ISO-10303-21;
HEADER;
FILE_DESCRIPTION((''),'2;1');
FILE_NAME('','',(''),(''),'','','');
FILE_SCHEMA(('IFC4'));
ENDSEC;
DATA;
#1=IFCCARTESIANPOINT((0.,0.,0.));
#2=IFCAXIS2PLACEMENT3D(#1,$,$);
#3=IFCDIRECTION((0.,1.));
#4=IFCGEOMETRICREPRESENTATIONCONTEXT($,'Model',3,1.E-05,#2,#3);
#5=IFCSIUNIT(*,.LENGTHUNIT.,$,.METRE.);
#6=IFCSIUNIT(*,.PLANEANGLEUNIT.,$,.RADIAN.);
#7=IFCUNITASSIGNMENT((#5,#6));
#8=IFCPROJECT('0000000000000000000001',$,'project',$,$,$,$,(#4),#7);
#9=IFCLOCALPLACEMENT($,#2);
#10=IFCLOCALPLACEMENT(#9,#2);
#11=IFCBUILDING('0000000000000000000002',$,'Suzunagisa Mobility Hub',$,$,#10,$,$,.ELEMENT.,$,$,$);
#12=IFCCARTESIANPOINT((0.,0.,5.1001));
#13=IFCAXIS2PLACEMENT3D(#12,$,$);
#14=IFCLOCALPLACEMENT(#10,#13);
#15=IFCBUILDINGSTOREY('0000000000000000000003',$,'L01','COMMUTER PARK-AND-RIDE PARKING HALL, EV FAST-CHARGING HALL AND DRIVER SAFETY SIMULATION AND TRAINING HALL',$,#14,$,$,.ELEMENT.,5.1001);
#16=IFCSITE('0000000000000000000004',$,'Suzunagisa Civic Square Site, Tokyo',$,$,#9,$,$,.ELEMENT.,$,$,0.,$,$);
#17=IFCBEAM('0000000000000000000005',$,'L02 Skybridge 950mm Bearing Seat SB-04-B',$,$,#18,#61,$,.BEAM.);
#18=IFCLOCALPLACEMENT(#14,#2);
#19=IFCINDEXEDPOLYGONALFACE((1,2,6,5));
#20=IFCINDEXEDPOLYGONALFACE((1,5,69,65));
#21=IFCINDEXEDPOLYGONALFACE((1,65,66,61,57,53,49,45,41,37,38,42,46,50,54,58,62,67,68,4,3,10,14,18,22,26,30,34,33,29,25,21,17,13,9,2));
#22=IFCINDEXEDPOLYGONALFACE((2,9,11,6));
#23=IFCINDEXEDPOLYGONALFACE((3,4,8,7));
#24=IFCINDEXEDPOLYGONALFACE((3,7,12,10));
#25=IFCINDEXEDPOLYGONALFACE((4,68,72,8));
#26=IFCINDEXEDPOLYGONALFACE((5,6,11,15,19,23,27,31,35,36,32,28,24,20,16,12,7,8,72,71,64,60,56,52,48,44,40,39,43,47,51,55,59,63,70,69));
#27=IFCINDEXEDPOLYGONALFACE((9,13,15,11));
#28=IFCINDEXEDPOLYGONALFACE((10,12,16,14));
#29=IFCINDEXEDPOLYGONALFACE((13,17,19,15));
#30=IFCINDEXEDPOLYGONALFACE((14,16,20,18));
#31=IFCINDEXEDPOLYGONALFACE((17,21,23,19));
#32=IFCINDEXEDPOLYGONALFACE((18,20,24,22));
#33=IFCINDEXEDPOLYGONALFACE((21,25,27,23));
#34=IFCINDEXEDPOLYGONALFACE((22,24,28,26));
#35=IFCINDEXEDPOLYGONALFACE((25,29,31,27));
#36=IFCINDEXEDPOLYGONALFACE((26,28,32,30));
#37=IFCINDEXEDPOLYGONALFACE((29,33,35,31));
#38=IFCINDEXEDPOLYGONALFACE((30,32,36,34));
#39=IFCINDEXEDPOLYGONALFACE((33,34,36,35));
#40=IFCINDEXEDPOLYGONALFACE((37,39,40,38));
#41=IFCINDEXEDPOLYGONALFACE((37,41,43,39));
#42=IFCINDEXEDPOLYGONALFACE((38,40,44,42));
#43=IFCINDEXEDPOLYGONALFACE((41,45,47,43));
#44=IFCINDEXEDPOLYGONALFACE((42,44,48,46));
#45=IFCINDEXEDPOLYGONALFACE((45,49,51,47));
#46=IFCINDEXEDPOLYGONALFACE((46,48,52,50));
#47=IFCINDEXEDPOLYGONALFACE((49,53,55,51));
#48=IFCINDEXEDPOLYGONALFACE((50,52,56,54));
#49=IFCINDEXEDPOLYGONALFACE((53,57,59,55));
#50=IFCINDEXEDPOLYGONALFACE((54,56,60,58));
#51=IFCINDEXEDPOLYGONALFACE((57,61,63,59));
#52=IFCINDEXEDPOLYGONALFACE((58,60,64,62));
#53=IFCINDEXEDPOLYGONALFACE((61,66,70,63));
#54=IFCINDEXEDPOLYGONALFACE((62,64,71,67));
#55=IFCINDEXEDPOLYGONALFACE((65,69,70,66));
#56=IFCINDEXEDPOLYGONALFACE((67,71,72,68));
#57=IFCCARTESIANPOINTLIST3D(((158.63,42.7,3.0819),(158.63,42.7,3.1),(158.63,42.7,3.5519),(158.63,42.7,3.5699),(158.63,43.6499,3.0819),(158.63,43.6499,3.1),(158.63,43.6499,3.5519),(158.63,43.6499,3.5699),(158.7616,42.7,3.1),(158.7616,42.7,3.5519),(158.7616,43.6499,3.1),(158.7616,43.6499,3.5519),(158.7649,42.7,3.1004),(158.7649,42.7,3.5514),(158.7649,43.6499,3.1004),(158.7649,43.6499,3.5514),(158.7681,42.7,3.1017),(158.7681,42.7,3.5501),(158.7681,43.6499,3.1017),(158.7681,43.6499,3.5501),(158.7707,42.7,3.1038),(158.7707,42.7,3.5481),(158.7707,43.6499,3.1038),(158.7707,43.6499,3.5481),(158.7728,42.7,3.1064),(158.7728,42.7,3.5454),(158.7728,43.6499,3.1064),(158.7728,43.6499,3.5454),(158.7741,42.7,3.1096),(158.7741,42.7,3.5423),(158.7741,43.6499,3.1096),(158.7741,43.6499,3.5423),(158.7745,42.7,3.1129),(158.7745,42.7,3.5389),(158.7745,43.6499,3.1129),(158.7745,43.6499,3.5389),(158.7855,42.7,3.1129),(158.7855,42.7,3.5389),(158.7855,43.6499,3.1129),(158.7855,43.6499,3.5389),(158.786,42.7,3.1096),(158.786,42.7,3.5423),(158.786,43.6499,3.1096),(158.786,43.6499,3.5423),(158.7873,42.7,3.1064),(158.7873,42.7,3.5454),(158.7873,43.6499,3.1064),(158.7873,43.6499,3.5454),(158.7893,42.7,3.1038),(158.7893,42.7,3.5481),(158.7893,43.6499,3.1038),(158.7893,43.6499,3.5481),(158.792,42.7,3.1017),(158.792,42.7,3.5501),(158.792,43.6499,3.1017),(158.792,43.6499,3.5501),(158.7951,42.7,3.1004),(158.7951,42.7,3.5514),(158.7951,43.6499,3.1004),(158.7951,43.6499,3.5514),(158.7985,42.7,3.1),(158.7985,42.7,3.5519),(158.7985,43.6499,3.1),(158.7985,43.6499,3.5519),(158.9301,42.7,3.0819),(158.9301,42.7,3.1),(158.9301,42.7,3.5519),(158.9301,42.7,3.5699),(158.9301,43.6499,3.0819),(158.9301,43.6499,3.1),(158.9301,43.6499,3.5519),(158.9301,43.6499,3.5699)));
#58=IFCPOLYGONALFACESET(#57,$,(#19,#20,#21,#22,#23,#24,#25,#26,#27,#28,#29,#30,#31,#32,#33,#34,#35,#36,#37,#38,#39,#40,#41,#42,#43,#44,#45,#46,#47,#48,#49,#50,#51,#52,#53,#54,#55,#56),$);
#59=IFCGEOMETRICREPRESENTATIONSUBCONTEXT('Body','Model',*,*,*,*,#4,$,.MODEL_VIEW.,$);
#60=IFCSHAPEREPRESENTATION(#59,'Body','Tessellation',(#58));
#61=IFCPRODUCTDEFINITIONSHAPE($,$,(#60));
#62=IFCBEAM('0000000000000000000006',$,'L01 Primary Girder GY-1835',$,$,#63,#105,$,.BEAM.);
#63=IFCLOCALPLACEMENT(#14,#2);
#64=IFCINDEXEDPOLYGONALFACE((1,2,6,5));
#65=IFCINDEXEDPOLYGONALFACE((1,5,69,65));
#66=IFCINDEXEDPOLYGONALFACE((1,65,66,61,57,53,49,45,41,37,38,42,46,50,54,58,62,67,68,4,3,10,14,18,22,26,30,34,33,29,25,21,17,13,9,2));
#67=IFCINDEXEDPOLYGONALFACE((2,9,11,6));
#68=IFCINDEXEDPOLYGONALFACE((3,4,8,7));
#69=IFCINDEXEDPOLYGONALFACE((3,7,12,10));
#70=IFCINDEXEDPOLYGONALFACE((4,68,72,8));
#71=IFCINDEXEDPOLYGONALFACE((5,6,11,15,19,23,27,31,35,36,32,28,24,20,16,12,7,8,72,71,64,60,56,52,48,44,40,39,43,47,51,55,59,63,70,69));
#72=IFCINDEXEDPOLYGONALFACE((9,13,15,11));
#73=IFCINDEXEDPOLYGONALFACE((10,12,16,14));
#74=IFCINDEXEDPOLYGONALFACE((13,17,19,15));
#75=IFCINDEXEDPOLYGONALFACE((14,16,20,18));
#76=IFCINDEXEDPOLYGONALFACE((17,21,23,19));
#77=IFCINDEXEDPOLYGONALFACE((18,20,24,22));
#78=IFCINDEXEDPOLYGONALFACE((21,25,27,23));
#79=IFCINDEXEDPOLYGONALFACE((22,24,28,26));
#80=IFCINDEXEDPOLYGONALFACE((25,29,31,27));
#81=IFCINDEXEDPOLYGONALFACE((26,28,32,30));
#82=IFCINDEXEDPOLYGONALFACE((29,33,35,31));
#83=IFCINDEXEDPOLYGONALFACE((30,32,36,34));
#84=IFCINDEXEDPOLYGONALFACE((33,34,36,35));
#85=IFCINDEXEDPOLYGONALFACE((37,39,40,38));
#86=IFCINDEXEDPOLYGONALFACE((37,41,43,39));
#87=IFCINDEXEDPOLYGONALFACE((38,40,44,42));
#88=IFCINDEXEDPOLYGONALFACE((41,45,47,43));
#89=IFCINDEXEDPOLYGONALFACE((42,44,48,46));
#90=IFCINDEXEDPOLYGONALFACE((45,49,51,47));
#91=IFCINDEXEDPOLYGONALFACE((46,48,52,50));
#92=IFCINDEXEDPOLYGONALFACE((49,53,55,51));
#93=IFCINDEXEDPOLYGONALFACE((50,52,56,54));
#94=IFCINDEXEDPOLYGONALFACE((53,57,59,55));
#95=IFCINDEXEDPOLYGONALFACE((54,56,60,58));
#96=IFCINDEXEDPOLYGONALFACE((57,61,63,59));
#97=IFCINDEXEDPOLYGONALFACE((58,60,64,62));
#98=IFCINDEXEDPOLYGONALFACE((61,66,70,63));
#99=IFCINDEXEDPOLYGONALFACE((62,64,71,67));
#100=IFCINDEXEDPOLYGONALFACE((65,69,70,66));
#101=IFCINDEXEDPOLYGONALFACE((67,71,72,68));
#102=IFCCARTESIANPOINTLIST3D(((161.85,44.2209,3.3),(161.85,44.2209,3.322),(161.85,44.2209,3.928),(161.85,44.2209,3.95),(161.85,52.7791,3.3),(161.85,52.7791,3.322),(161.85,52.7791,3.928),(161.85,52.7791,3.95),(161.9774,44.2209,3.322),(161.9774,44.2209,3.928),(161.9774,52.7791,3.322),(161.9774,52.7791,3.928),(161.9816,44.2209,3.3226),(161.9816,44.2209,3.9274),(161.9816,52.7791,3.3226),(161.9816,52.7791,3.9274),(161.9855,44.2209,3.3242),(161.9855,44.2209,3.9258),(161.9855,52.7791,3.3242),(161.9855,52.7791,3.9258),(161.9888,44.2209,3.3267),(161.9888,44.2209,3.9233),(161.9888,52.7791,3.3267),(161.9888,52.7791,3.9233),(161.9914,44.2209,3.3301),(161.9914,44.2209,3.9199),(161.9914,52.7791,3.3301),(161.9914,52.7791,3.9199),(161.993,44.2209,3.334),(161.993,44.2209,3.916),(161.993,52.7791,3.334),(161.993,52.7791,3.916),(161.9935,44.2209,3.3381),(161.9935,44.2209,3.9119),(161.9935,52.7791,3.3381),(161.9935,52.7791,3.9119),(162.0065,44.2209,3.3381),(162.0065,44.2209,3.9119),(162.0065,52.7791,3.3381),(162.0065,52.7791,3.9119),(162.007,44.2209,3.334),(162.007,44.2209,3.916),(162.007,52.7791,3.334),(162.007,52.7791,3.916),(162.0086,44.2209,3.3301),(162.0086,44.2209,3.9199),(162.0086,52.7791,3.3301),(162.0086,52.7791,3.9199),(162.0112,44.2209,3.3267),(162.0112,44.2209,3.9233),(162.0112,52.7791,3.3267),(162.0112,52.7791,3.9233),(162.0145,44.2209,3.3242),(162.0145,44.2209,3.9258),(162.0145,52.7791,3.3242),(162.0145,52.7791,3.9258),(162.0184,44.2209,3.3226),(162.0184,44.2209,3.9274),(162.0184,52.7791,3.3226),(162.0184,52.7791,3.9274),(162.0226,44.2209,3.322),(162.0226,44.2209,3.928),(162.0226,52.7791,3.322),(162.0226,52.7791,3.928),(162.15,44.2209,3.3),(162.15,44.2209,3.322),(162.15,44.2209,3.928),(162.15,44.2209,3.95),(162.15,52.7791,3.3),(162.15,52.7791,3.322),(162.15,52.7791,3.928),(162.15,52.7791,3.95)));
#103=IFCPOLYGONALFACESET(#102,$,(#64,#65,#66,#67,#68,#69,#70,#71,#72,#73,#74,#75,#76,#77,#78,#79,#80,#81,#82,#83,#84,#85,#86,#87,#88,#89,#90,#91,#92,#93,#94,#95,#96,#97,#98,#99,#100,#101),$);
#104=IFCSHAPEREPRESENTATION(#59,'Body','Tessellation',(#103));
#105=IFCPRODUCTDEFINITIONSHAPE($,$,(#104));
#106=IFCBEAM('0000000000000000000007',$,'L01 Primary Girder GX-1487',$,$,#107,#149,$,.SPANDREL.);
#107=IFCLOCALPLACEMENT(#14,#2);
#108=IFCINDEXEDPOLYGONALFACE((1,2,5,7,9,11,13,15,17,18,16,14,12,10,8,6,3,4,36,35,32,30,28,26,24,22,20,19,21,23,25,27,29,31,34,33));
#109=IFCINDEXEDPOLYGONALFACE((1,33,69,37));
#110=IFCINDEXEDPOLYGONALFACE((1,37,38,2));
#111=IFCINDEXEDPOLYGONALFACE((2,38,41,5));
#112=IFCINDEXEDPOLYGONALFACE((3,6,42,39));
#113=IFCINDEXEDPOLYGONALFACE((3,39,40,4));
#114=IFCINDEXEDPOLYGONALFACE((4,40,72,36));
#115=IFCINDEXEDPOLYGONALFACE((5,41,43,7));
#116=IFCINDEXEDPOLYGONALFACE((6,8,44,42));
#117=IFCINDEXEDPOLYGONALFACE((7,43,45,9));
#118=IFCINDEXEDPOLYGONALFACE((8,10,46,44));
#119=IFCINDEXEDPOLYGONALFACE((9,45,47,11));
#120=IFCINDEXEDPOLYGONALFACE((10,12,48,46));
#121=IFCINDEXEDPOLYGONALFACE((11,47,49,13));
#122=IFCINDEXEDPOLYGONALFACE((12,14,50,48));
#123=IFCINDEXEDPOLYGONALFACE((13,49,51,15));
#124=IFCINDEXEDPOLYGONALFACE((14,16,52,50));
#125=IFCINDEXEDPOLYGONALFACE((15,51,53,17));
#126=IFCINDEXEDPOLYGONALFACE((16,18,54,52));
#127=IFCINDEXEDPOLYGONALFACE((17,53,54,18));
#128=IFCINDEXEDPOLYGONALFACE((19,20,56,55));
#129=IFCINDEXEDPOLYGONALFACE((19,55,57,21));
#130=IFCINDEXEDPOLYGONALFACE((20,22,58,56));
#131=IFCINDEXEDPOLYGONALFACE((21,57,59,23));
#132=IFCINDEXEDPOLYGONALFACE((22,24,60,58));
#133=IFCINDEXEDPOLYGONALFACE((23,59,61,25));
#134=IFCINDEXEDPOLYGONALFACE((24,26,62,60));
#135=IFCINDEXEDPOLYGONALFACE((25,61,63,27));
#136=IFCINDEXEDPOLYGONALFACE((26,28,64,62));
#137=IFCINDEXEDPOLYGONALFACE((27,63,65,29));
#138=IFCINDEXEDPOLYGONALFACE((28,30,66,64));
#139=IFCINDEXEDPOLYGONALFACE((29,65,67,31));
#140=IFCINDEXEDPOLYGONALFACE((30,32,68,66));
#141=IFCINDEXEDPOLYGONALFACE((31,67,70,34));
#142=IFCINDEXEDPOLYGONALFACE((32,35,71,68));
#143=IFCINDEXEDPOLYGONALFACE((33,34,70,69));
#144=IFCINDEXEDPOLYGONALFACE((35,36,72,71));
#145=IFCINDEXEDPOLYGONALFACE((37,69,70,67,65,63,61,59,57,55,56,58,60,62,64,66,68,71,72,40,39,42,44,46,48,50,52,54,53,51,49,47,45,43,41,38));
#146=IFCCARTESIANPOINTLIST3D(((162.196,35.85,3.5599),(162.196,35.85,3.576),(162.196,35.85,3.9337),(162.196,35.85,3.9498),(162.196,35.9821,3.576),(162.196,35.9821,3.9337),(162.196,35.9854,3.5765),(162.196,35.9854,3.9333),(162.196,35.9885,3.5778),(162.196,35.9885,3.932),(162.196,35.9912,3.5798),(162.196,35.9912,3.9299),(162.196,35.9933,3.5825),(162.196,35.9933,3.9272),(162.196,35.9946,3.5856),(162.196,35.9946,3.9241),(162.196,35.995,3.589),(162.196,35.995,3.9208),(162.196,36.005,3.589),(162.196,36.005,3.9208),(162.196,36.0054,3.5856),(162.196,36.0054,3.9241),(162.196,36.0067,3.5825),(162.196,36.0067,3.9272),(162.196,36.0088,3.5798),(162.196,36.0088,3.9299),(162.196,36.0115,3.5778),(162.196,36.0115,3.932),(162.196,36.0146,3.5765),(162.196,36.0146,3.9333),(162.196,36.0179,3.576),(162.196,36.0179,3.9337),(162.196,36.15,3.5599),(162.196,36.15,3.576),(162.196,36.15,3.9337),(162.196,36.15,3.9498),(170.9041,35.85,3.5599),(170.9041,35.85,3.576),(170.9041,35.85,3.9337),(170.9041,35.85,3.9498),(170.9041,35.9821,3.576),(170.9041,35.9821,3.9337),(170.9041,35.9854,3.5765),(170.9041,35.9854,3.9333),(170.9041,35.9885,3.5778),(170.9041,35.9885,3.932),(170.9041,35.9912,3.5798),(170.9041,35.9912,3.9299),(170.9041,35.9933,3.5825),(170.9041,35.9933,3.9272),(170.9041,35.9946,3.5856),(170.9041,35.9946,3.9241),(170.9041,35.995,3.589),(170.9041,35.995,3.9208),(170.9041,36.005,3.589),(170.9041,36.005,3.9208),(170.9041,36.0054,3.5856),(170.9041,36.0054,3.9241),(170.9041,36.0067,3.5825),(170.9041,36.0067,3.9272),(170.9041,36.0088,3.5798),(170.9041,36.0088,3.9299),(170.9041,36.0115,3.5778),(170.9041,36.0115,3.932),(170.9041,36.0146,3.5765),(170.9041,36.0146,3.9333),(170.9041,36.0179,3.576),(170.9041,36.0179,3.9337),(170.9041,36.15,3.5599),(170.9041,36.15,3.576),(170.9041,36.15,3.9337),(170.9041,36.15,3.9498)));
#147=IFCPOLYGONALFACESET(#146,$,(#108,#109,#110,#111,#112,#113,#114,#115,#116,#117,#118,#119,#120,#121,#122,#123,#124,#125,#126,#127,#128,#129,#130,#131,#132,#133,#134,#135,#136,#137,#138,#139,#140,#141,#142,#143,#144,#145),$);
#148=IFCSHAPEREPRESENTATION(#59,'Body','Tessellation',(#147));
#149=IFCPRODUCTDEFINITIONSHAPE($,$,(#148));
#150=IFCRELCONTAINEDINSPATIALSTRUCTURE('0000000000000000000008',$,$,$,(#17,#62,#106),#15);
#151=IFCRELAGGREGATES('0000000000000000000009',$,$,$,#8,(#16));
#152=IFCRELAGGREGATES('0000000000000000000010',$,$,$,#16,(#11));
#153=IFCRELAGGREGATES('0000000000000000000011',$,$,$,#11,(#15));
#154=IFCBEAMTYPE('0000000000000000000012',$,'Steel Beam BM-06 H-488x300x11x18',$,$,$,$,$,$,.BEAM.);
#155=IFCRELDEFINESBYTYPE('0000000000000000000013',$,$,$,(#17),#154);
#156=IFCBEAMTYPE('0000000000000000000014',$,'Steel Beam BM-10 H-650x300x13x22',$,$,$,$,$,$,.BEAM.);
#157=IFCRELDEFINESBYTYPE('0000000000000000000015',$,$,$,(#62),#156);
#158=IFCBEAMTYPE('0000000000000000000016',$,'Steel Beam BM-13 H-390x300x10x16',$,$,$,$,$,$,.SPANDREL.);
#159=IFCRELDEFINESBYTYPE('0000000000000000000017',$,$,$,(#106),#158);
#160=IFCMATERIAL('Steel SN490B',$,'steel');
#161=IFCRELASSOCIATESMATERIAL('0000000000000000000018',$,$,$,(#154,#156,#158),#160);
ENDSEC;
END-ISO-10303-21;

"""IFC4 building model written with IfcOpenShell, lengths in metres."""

from ifc_helpers import new_model, si_unit, direction, frame, origin, origin_2d, place, context, subcontext, project, spatial, i_section, extrude, material, material_profile, profile_set, type_object, element, save


model = new_model("IFC4")

# Units and contexts
model_context = context("Model", 3, precision=1e-05, world=origin(), true_north=direction((0.0, 1.0)))
body_context = subcontext(model_context, "Body", "Model", "MODEL_VIEW")
ifc_project = project(units=[si_unit("LENGTHUNIT", "METRE"), si_unit("PLANEANGLEUNIT", "RADIAN")], contexts=[model_context])

# Site, building, storey
site_placement = place(None, origin())
site = spatial("IfcSite", under=ifc_project, at=site_placement, Name="Suzunagisa Civic Square Site, Tokyo", CompositionType="ELEMENT", RefElevation=0.0)
building_placement = place(site_placement, origin())
building = spatial("IfcBuilding", under=site, at=building_placement, Name="Suzunagisa Mobility Hub", CompositionType="ELEMENT")
storey_placement = place(building_placement, frame((0.0, 0.0, 5.1001)))
storey = spatial("IfcBuildingStorey", under=building, at=storey_placement, Name="L01", Description="COMMUTER PARK-AND-RIDE PARKING HALL, EV FAST-CHARGING HALL AND DRIVER SAFETY SIMULATION AND TRAINING HALL", CompositionType="ELEMENT", Elevation=5.1001)

# Shared definitions
ifc_material_1 = material(Name="Steel SN490B", Category="steel")

# Beams
ifc_material_profile_1 = material_profile(ifc_material_1, i_section(OverallWidth=0.3, OverallDepth=0.488, WebThickness=0.011, FlangeThickness=0.0181, FilletRadius=0.0129, at=origin_2d()), Name="H-488x300x11x18")
ifc_profile_set_1 = profile_set([ifc_material_profile_1], Name="Steel SN490B")
beam_type_1 = type_object("IfcBeamType", Name="Steel Beam BM-06 H-488x300x11x18", PredefinedType="BEAM", material=ifc_profile_set_1)
for number, where, z_axis, x_axis, name in (
    (1, (158.78, 42.7, 3.3259), (0.0, 1.0, 0.0), (-1.0, 0.0, 0.0), "L02 Skybridge 950mm Bearing Seat SB-04-B"),
):
    element("IfcBeam", number, at=place(storey_placement, frame(where, z_axis=z_axis, x_axis=x_axis)), inside=storey, type_object=beam_type_1, Name=name, PredefinedType="BEAM", context=body_context, shape_type="SweptSolid", body=[
        extrude(i_section(OverallWidth=0.3, OverallDepth=0.488, WebThickness=0.011, FlangeThickness=0.0181, FilletRadius=0.0129, at=origin_2d()), origin(), (0.0, 0.0, 1.0), 0.95),
    ])
ifc_material_profile_2 = material_profile(ifc_material_1, i_section(OverallWidth=0.3, OverallDepth=0.6499, WebThickness=0.0129, FlangeThickness=0.022, FilletRadius=0.0161, at=origin_2d()), Name="H-650x300x13x22")
ifc_profile_set_2 = profile_set([ifc_material_profile_2], Name="Steel SN490B")
beam_type_2 = type_object("IfcBeamType", Name="Steel Beam BM-10 H-650x300x13x22", PredefinedType="BEAM", material=ifc_profile_set_2)
beam_1_placement = place(storey_placement, frame((162.0, 44.2209, 3.625), z_axis=(0.0, 1.0, 0.0), x_axis=(-1.0, 0.0, 0.0)))
element("IfcBeam", 2, at=beam_1_placement, inside=storey, type_object=beam_type_2, Name="L01 Primary Girder GY-1835", PredefinedType="BEAM", context=body_context, shape_type="SweptSolid", body=[
    extrude(i_section(OverallWidth=0.3, OverallDepth=0.6499, WebThickness=0.0129, FlangeThickness=0.022, FilletRadius=0.0161, at=origin_2d()), origin(), (0.0, 0.0, 1.0), 8.5581),
])
ifc_material_profile_3 = material_profile(ifc_material_1, i_section(OverallWidth=0.3, OverallDepth=0.3899, WebThickness=0.01, FlangeThickness=0.0161, FilletRadius=0.0129, at=origin_2d()), Name="H-390x300x10x16")
ifc_profile_set_3 = profile_set([ifc_material_profile_3], Name="Steel SN490B")
beam_type_3 = type_object("IfcBeamType", Name="Steel Beam BM-13 H-390x300x10x16", PredefinedType="SPANDREL", material=ifc_profile_set_3)
beam_2_placement = place(storey_placement, frame((162.196, 36.0, 3.7549), z_axis=(1.0, 0.0, 0.0), x_axis=(0.0, 1.0, 0.0)))
element("IfcBeam", 3, at=beam_2_placement, inside=storey, type_object=beam_type_3, Name="L01 Primary Girder GX-1487", PredefinedType="SPANDREL", context=body_context, shape_type="SweptSolid", body=[
    extrude(i_section(OverallWidth=0.3, OverallDepth=0.3899, WebThickness=0.01, FlangeThickness=0.0161, FilletRadius=0.0129, at=origin_2d()), origin(), (0.0, 0.0, 1.0), 8.708),
])

save(model, "model.ifc")
